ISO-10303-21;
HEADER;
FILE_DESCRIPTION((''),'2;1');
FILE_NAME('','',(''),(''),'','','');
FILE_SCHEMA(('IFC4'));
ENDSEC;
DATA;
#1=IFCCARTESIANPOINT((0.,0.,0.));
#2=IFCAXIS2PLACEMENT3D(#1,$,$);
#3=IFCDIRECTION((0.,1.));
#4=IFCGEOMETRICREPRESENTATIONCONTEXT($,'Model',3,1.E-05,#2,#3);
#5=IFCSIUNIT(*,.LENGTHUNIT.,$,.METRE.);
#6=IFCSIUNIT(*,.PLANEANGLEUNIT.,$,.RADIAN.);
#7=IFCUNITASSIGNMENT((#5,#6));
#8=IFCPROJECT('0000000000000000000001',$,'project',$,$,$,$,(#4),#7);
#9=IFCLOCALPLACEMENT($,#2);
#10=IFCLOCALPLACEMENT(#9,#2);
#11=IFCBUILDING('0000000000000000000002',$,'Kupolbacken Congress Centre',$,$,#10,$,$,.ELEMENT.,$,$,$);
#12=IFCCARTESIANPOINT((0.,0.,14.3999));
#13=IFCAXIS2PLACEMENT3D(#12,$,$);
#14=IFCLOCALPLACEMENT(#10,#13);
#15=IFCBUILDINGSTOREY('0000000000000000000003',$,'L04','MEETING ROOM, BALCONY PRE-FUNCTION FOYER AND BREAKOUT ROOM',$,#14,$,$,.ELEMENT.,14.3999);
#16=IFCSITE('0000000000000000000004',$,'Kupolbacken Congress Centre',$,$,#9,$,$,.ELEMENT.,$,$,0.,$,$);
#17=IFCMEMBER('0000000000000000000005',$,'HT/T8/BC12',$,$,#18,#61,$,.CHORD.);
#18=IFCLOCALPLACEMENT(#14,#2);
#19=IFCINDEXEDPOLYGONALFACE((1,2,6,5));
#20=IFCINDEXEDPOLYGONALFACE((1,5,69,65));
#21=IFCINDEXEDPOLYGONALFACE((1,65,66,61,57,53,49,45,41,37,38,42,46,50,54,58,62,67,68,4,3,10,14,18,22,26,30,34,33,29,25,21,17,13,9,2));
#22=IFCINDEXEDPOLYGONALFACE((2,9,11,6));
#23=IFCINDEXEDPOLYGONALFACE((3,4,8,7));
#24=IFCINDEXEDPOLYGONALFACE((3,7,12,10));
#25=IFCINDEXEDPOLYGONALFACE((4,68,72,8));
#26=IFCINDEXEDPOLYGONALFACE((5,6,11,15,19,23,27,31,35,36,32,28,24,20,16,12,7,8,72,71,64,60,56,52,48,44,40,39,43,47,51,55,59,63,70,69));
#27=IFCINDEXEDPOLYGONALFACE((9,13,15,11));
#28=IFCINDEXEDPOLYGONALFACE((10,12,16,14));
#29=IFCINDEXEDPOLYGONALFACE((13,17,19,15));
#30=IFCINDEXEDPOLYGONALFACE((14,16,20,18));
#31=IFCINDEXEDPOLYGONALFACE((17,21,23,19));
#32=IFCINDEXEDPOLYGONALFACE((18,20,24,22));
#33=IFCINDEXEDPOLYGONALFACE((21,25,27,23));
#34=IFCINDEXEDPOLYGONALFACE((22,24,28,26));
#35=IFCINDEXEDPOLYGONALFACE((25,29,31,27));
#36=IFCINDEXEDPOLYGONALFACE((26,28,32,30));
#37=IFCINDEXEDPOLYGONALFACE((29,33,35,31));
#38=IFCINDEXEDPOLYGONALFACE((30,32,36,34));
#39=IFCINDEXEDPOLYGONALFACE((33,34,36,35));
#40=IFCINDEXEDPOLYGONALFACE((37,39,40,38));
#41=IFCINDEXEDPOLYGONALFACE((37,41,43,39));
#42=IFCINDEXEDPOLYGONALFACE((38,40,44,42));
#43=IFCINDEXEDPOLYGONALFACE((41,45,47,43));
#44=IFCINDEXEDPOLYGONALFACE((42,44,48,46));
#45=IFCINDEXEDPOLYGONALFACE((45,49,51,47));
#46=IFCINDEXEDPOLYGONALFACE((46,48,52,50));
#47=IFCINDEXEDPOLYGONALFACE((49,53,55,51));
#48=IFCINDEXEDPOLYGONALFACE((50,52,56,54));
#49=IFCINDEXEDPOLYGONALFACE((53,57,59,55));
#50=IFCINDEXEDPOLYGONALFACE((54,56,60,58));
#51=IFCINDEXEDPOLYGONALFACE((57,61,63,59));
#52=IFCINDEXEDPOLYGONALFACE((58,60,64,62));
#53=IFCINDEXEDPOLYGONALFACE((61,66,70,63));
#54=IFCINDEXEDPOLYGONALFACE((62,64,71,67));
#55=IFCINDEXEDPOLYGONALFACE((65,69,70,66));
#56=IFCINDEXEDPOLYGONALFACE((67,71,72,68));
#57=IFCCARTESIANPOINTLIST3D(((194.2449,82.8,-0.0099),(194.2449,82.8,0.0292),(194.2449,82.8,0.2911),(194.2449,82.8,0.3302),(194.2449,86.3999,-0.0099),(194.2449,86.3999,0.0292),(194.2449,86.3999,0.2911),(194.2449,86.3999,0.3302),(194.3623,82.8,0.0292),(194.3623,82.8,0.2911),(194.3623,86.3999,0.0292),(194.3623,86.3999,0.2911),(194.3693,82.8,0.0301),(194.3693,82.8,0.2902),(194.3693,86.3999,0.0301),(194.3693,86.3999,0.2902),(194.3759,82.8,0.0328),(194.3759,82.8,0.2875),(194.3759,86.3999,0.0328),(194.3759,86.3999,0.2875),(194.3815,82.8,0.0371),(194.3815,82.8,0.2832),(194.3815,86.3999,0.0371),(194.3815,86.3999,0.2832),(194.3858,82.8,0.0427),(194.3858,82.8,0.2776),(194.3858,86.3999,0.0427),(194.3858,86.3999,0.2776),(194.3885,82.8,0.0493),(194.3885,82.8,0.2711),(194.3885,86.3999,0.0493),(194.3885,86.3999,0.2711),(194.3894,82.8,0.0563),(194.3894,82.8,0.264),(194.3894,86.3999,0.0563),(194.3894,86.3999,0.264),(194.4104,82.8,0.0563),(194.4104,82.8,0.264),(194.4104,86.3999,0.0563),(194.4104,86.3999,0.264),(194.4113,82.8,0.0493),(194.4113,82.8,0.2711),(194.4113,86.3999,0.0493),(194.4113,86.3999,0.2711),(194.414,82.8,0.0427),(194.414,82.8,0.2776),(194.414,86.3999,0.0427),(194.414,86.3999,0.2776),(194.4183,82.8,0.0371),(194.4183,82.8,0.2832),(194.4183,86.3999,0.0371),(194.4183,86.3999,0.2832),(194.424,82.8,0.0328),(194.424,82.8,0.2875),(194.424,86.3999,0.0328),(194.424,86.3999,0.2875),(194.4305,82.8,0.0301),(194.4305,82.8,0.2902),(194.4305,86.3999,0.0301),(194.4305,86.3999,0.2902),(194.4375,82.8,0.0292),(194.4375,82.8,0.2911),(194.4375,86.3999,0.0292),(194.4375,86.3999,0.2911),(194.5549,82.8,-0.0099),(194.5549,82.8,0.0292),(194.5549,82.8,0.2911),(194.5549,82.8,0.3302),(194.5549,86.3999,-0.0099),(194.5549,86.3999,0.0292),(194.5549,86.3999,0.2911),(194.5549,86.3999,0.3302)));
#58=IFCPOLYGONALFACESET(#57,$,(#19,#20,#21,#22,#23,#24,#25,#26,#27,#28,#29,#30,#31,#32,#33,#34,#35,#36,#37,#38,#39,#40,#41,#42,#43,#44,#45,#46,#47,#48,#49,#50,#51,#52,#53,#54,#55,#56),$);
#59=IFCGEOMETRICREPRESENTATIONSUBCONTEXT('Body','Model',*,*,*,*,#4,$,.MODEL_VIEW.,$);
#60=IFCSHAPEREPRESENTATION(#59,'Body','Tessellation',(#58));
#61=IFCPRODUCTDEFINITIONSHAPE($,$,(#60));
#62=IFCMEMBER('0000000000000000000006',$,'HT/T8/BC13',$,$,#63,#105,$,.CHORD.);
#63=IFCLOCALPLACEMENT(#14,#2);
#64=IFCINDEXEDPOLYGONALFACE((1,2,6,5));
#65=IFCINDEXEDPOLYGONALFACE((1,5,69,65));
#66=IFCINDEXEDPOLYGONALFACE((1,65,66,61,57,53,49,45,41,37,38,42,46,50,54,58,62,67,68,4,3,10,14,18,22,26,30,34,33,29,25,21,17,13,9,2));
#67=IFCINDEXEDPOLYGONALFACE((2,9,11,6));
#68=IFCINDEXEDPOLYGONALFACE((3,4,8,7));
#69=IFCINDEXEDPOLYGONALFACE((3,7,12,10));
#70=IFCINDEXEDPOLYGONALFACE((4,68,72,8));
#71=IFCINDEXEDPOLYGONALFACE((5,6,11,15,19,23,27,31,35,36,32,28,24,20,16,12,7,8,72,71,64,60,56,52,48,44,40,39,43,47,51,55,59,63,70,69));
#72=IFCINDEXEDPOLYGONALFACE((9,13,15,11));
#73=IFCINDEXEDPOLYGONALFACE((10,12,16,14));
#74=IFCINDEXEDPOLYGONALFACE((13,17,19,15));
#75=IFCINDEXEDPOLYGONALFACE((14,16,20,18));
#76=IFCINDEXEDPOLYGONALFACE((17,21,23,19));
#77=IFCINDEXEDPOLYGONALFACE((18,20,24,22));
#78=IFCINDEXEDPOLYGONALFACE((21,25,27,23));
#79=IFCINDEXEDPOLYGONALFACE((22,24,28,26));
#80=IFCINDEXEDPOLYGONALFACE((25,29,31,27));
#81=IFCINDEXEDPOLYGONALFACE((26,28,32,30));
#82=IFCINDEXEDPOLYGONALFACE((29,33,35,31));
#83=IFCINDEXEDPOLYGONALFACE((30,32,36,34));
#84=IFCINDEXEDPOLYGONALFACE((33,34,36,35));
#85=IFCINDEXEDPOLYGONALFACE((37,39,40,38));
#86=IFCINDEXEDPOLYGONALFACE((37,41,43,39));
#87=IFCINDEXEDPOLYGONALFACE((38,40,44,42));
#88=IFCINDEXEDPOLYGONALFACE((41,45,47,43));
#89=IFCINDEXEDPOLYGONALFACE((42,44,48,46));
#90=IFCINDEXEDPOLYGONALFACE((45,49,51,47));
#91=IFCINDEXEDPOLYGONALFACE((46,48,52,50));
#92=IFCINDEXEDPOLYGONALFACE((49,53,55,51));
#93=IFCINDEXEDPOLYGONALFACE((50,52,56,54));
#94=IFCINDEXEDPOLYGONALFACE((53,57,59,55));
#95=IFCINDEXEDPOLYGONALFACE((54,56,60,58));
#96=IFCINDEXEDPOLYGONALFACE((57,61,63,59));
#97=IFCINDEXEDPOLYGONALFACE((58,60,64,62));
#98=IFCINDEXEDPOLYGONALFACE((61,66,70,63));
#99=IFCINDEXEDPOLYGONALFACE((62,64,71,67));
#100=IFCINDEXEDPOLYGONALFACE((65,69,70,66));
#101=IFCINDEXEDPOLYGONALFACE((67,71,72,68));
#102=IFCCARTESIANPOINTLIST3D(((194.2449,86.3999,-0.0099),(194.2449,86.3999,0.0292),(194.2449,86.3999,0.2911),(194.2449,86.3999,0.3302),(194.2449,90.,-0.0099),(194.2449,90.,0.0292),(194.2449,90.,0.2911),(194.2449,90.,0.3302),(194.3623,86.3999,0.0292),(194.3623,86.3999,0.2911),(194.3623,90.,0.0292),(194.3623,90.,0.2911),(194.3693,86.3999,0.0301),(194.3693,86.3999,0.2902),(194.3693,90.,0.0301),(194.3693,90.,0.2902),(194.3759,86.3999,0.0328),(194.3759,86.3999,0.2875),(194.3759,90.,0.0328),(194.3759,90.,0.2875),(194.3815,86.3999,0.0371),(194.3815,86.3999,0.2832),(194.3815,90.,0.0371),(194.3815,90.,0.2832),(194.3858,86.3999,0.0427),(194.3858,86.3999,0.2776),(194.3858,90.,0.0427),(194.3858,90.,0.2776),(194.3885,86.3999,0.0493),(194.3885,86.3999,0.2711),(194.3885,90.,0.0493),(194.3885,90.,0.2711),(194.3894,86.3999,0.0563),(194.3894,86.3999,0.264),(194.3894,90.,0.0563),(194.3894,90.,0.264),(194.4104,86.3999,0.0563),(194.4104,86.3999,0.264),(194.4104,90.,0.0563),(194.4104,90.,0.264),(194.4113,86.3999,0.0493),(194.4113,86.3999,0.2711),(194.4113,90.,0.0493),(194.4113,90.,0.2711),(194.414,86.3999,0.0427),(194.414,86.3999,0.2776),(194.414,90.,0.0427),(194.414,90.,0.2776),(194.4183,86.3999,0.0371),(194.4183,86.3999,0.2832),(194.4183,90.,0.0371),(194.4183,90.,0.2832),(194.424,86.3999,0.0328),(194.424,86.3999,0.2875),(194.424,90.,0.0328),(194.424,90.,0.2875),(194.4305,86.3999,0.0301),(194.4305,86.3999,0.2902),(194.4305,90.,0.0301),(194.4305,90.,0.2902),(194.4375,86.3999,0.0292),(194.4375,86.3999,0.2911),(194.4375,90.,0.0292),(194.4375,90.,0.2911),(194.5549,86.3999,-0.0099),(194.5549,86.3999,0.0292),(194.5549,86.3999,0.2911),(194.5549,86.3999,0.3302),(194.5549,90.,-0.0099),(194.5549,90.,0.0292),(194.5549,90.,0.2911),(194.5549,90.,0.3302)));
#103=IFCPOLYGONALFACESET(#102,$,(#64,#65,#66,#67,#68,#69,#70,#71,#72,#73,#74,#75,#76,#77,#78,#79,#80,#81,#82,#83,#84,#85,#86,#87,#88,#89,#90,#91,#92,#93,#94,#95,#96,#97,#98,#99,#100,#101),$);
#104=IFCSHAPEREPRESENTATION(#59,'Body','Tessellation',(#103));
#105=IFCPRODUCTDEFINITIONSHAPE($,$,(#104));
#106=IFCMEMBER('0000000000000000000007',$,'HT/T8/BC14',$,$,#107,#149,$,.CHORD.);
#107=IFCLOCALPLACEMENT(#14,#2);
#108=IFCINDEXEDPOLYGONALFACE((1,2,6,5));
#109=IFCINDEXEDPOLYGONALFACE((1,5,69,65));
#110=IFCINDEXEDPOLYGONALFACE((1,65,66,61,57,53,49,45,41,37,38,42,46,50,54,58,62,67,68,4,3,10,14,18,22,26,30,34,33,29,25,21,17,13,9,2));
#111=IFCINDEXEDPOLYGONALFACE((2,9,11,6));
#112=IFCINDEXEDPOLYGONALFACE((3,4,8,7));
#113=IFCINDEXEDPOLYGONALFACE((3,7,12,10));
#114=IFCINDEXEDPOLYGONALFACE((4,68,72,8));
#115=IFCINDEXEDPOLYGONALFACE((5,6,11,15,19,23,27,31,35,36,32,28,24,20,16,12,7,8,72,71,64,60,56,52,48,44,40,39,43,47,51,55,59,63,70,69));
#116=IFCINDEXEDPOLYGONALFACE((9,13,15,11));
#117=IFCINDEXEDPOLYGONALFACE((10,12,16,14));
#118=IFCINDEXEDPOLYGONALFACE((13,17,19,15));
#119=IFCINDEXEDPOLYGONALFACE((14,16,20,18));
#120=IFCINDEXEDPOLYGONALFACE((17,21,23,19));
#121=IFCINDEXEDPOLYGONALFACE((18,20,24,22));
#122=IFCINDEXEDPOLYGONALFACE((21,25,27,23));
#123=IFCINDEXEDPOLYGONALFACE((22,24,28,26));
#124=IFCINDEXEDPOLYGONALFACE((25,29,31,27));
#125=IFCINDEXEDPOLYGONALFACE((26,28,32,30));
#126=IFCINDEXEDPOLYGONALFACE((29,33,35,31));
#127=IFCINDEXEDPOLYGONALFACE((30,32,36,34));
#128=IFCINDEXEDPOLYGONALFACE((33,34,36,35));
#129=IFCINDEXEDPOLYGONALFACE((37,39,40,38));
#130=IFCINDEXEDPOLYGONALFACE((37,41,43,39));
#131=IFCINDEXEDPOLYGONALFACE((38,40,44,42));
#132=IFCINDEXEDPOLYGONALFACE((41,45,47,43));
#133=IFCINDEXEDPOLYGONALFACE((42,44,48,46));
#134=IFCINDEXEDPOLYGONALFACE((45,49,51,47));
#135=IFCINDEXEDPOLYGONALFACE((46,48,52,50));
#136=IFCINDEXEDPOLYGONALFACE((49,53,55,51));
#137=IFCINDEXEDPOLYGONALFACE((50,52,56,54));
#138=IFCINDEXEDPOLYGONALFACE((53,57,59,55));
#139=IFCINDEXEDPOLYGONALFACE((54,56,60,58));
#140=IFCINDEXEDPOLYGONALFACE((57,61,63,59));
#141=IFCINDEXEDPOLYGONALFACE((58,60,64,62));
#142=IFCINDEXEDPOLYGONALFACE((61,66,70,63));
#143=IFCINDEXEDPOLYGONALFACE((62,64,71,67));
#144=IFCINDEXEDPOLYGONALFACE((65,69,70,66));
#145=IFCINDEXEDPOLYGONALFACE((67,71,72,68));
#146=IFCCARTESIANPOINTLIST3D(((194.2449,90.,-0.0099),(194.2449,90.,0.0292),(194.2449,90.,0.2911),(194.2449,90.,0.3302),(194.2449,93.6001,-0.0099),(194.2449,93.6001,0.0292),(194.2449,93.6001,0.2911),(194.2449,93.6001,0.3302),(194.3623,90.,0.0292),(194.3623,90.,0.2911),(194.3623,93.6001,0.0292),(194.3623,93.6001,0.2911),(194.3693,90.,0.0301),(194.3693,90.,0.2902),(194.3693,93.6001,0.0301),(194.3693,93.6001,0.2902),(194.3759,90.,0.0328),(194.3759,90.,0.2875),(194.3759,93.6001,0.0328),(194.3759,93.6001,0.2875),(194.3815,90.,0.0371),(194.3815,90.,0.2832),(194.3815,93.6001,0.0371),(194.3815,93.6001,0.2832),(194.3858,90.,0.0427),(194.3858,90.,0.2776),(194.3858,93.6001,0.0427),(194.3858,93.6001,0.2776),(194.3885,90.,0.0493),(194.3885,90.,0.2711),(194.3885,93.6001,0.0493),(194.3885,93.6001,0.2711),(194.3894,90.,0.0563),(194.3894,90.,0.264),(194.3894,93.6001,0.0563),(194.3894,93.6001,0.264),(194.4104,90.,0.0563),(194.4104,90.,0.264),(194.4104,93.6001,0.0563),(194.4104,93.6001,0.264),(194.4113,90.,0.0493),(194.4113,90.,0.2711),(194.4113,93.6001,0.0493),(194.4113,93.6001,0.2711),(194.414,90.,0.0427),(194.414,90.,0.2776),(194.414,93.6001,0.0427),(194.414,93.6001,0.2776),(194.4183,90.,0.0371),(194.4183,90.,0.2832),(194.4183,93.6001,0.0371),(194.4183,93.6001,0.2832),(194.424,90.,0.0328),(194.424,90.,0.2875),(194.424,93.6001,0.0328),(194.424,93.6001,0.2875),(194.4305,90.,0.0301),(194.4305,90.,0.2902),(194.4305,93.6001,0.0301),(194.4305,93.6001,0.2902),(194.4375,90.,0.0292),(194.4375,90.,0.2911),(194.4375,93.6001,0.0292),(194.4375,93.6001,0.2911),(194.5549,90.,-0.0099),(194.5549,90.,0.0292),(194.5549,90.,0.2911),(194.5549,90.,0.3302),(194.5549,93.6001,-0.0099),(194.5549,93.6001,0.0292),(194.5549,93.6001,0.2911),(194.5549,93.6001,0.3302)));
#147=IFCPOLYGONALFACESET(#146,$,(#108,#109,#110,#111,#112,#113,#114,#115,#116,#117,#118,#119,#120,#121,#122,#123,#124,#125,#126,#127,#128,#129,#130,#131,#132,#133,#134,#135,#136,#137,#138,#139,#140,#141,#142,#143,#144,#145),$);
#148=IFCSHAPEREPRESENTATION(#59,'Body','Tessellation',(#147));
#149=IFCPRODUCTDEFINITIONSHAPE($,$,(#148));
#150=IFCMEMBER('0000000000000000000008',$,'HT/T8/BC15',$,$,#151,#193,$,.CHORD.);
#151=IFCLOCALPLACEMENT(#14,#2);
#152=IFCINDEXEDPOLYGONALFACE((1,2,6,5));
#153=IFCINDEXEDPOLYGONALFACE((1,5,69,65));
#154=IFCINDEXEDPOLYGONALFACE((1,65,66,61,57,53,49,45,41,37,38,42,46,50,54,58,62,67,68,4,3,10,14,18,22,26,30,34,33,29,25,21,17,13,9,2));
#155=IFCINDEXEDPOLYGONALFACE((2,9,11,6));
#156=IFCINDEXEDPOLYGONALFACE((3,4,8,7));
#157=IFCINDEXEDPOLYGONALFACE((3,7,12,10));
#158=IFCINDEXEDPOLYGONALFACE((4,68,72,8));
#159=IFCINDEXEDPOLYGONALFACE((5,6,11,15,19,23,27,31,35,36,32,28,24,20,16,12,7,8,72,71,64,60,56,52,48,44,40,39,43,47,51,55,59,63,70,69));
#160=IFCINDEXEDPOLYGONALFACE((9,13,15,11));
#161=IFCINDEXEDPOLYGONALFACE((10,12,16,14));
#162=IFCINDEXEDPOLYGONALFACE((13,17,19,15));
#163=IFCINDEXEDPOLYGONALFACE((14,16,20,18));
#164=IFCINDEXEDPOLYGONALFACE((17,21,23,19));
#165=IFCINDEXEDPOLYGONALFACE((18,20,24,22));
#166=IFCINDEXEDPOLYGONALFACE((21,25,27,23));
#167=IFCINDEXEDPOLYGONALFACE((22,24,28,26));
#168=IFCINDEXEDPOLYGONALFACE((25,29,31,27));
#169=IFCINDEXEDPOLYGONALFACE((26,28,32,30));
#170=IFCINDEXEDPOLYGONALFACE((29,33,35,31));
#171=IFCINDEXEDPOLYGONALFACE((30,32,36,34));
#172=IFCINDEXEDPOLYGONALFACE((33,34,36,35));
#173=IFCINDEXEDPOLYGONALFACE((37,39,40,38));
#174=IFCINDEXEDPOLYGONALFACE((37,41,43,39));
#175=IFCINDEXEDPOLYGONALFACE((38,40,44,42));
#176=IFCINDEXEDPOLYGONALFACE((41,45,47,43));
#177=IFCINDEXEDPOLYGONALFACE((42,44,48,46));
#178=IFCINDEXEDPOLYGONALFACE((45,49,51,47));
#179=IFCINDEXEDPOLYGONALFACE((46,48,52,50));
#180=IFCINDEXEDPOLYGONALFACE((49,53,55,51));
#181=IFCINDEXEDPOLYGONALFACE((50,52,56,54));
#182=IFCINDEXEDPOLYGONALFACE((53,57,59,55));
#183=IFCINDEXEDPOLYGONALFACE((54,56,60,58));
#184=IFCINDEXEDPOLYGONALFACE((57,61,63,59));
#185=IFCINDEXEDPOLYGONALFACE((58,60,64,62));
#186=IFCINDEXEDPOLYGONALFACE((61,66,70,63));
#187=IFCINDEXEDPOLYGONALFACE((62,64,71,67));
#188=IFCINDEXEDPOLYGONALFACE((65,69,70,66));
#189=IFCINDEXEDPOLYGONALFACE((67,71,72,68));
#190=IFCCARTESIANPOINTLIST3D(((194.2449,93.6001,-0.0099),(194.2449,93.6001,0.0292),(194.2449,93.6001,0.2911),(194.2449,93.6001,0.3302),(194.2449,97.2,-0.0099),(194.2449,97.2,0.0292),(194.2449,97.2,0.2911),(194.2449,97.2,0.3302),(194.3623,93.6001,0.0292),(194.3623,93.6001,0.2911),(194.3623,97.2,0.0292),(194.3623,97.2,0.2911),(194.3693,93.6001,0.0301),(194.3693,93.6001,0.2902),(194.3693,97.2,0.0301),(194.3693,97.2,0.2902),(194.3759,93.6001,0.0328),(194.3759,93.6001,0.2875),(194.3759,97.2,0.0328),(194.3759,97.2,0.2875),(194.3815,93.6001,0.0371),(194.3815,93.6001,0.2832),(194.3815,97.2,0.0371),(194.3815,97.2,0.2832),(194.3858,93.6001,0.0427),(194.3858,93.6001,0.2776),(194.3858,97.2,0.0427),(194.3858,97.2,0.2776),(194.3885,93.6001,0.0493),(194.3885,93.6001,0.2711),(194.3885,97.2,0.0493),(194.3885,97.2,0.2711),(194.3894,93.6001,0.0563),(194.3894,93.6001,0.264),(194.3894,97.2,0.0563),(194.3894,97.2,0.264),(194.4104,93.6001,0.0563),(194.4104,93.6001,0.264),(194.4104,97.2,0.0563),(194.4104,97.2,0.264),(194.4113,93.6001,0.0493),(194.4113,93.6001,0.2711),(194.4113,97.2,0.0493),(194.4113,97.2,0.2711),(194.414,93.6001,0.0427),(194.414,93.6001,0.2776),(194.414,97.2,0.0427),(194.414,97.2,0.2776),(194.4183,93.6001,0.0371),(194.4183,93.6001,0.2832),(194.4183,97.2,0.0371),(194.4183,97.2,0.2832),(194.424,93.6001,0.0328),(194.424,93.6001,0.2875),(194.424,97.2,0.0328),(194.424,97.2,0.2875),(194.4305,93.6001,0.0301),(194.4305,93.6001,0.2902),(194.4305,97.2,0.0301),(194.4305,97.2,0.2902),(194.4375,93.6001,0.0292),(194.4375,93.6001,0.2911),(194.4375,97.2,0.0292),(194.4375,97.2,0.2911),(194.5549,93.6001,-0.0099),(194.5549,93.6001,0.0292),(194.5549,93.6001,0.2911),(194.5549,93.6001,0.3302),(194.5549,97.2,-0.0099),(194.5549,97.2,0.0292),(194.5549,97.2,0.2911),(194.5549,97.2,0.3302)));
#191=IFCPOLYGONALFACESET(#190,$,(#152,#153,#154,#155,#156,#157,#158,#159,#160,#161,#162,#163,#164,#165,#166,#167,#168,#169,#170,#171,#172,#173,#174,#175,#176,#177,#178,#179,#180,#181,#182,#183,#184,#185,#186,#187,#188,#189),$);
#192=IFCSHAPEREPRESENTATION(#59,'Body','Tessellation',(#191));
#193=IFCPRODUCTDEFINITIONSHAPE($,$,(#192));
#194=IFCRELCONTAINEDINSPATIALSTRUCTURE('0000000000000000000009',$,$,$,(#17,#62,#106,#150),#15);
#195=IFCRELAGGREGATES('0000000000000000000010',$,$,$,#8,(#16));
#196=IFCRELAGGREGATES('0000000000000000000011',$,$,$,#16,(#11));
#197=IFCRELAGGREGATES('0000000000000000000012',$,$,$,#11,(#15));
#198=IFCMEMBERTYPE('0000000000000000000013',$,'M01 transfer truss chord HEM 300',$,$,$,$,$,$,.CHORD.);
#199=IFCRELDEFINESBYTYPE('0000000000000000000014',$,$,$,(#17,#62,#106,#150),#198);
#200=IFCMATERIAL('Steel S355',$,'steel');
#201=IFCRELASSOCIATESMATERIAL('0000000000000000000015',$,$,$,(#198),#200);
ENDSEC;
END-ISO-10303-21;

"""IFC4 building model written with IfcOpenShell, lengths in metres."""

from ifc_helpers import new_model, si_unit, direction, frame, origin, origin_2d, place, context, subcontext, project, spatial, i_section, extrude, material, material_profile, profile_set, type_object, element, save


model = new_model("IFC4")

# Units and contexts
model_context = context("Model", 3, precision=1e-05, world=origin(), true_north=direction((0.0, 1.0)))
body_context = subcontext(model_context, "Body", "Model", "MODEL_VIEW")
ifc_project = project(units=[si_unit("LENGTHUNIT", "METRE"), si_unit("PLANEANGLEUNIT", "RADIAN")], contexts=[model_context])

# Site, building, storey
site_placement = place(None, origin())
site = spatial("IfcSite", under=ifc_project, at=site_placement, Name="Kupolbacken Congress Centre", CompositionType="ELEMENT", RefElevation=0.0)
building_placement = place(site_placement, origin())
building = spatial("IfcBuilding", under=site, at=building_placement, Name="Kupolbacken Congress Centre", CompositionType="ELEMENT")
storey_placement = place(building_placement, frame((0.0, 0.0, 14.3999)))
storey = spatial("IfcBuildingStorey", under=building, at=storey_placement, Name="L04", Description="MEETING ROOM, BALCONY PRE-FUNCTION FOYER AND BREAKOUT ROOM", CompositionType="ELEMENT", Elevation=14.3999)

# Members
ifc_material_1 = material(Name="Steel S355", Category="steel")
ifc_material_profile_1 = material_profile(ifc_material_1, i_section(OverallWidth=0.3101, OverallDepth=0.3401, WebThickness=0.021, FlangeThickness=0.0391, FilletRadius=0.0271, at=origin_2d()), Name="HEM 300")
ifc_profile_set_1 = profile_set([ifc_material_profile_1], Name="Steel S355")
member_type_1 = type_object("IfcMemberType", Name="M01 transfer truss chord HEM 300", PredefinedType="CHORD", material=ifc_profile_set_1)
member_1_placement = place(storey_placement, frame((194.3999, 82.8, 0.1602), z_axis=(0.0, 1.0, 0.0), x_axis=(-1.0, 0.0, 0.0)))
element("IfcMember", 1, at=member_1_placement, inside=storey, type_object=member_type_1, Name="HT/T8/BC12", PredefinedType="CHORD", context=body_context, shape_type="SweptSolid", body=[
    extrude(i_section(OverallWidth=0.3101, OverallDepth=0.3401, WebThickness=0.021, FlangeThickness=0.0391, FilletRadius=0.0271, at=origin_2d()), origin(), (0.0, 0.0, 1.0), 3.5999),
])
for number, where, z_axis, x_axis, name in (
    (2, (194.3999, 86.3999, 0.1602), (0.0, 1.0, 0.0), (-1.0, 0.0, 0.0), "HT/T8/BC13"),
    (3, (194.3999, 90.0, 0.1602), (0.0, 1.0, 0.0), (-1.0, 0.0, 0.0), "HT/T8/BC14"),
):
    element("IfcMember", number, at=place(storey_placement, frame(where, z_axis=z_axis, x_axis=x_axis)), inside=storey, type_object=member_type_1, Name=name, PredefinedType="CHORD", context=body_context, shape_type="SweptSolid", body=[
        extrude(i_section(OverallWidth=0.3101, OverallDepth=0.3401, WebThickness=0.021, FlangeThickness=0.0391, FilletRadius=0.0271, at=origin_2d()), origin(), (0.0, 0.0, 1.0), 3.6001),
    ])
member_2_placement = place(storey_placement, frame((194.3999, 93.6001, 0.1602), z_axis=(0.0, 1.0, 0.0), x_axis=(-1.0, 0.0, 0.0)))
element("IfcMember", 4, at=member_2_placement, inside=storey, type_object=member_type_1, Name="HT/T8/BC15", PredefinedType="CHORD", context=body_context, shape_type="SweptSolid", body=[
    extrude(i_section(OverallWidth=0.3101, OverallDepth=0.3401, WebThickness=0.021, FlangeThickness=0.0391, FilletRadius=0.0271, at=origin_2d()), origin(), (0.0, 0.0, 1.0), 3.5999),
])

save(model, "model.ifc")
